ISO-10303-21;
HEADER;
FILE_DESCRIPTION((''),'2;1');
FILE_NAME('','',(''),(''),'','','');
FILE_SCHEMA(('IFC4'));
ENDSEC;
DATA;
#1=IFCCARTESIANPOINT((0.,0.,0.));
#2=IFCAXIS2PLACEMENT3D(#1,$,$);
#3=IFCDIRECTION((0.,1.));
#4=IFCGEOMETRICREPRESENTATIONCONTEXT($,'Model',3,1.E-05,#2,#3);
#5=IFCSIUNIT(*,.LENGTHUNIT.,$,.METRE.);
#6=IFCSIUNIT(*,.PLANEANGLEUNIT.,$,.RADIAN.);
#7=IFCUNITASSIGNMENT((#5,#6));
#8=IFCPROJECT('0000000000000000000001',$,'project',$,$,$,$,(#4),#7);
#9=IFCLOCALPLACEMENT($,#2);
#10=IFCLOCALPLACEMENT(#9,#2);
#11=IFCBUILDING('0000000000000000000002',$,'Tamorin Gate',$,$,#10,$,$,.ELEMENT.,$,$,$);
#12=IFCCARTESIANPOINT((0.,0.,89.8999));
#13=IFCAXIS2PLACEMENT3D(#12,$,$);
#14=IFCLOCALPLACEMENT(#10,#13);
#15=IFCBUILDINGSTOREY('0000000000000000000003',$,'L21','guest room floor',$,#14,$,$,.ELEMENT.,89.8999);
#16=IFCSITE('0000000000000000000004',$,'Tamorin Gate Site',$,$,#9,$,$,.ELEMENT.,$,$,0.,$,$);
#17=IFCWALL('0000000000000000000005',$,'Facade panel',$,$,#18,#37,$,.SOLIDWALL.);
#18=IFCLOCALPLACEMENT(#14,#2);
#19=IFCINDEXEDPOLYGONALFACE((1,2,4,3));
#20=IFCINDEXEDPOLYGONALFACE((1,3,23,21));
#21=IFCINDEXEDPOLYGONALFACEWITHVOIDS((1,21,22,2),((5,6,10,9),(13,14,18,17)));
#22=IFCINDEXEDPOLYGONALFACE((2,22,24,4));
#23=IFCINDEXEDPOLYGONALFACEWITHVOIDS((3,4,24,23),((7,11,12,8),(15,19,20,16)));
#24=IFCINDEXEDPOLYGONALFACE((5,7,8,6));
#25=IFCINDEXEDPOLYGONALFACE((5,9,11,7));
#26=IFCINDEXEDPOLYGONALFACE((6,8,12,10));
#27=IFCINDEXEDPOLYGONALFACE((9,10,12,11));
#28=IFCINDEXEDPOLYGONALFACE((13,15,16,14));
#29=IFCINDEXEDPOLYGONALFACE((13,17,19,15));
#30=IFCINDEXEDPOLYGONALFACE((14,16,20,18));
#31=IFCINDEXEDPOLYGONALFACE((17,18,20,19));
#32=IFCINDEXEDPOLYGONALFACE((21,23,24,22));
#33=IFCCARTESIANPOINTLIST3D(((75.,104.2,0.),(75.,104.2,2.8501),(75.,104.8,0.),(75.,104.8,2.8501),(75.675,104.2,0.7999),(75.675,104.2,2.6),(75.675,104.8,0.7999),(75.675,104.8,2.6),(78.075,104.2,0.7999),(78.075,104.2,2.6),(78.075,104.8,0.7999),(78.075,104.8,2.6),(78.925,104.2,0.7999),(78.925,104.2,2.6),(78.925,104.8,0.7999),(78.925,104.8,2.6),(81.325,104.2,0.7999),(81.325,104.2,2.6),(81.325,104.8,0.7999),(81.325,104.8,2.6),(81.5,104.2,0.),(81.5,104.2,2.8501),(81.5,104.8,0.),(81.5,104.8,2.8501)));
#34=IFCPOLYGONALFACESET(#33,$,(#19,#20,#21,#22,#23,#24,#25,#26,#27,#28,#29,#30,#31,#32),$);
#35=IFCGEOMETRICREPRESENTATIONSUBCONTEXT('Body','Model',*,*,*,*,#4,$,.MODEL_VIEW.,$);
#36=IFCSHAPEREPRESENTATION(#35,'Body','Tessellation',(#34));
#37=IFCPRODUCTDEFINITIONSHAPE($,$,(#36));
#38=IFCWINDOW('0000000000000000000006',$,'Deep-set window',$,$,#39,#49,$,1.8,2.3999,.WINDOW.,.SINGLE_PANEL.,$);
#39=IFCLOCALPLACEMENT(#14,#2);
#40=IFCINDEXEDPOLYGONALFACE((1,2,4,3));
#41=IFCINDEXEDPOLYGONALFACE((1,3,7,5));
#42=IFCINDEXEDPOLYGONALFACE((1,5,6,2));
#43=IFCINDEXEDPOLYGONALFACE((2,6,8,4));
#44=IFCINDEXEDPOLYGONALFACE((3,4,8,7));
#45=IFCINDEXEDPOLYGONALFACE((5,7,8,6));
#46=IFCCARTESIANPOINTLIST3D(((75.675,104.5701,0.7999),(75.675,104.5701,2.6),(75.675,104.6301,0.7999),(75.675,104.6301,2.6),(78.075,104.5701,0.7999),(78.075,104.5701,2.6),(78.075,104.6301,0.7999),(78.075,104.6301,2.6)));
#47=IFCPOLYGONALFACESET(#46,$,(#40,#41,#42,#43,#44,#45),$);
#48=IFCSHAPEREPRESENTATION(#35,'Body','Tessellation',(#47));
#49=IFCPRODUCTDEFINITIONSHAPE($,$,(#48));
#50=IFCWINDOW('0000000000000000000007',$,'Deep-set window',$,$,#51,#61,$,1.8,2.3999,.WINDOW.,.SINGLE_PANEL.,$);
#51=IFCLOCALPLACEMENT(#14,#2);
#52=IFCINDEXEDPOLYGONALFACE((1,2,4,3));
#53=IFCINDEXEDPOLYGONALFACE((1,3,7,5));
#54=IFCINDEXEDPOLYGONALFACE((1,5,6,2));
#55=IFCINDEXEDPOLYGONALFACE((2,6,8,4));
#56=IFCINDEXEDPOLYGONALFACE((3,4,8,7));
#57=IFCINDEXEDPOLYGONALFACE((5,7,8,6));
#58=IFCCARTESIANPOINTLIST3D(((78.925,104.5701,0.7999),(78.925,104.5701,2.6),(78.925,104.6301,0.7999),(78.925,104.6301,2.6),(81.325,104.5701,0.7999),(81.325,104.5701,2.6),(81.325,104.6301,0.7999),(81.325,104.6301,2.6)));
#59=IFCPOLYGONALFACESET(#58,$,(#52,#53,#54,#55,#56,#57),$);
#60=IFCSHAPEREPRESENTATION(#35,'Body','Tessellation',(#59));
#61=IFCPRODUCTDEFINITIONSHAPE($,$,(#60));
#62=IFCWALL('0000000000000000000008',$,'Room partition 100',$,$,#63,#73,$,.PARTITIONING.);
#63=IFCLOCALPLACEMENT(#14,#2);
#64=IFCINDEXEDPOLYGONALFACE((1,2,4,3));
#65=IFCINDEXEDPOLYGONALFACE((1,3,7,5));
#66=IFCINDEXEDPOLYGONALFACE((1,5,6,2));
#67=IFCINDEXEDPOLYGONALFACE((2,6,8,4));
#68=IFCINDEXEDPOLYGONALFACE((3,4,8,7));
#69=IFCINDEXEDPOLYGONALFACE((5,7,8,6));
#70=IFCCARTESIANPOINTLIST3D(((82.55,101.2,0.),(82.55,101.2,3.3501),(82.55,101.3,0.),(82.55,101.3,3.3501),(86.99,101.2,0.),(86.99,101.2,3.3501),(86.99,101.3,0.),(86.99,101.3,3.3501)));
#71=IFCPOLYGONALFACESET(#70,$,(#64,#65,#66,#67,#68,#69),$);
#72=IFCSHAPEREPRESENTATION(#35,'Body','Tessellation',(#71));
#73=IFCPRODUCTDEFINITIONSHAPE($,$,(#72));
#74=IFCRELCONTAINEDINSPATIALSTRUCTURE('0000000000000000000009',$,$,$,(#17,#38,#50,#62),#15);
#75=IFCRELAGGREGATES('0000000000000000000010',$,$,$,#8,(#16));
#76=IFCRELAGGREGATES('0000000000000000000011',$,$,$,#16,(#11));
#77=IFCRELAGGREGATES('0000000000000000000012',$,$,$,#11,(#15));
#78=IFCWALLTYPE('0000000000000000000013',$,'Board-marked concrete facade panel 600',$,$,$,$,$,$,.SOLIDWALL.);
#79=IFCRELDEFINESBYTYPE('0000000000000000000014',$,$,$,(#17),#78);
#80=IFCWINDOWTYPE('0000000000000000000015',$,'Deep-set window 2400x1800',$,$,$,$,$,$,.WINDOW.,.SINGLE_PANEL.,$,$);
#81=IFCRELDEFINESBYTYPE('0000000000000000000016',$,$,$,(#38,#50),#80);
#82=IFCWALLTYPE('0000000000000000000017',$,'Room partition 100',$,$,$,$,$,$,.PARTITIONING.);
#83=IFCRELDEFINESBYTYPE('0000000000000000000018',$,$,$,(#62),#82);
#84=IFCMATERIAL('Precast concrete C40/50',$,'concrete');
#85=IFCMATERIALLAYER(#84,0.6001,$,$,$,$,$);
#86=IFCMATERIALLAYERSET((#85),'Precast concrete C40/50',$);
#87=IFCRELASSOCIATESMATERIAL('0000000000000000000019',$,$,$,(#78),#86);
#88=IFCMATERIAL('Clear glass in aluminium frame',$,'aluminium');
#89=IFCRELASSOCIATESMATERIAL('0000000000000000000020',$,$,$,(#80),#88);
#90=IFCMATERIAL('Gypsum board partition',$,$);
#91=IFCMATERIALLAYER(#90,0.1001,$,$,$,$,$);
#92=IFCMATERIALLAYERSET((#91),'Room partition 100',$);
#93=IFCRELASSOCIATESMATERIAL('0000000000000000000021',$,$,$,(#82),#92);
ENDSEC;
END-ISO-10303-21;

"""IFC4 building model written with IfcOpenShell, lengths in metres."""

from ifc_helpers import new_model, si_unit, direction, frame, frame_2d, origin, place, context, subcontext, project, spatial, rectangle, extrude, material, layer, layer_set, type_object, element, fill, save


model = new_model("IFC4")

# Units and contexts
model_context = context("Model", 3, precision=1e-05, world=origin(), true_north=direction((0.0, 1.0)))
body_context = subcontext(model_context, "Body", "Model", "MODEL_VIEW")
ifc_project = project(units=[si_unit("LENGTHUNIT", "METRE"), si_unit("PLANEANGLEUNIT", "RADIAN")], contexts=[model_context])

# Site, building, storey
site_placement = place(None, origin())
site = spatial("IfcSite", under=ifc_project, at=site_placement, Name="Tamorin Gate Site", CompositionType="ELEMENT", RefElevation=0.0)
building_placement = place(site_placement, origin())
building = spatial("IfcBuilding", under=site, at=building_placement, Name="Tamorin Gate", CompositionType="ELEMENT")
storey_placement = place(building_placement, frame((0.0, 0.0, 89.8999)))
storey = spatial("IfcBuildingStorey", under=building, at=storey_placement, Name="L21", Description="guest room floor", CompositionType="ELEMENT", Elevation=89.8999)

# Shared definitions
ifc_material_1 = material(Name="Precast concrete C40/50", Category="concrete")
ifc_layer_1 = layer(ifc_material_1, 0.6001)
ifc_layer_set_1 = layer_set([ifc_layer_1], Name="Precast concrete C40/50")
wall_type_1 = type_object("IfcWallType", Name="Board-marked concrete facade panel 600", PredefinedType="SOLIDWALL", material=ifc_layer_set_1)
ifc_material_2 = material(Name="Clear glass in aluminium frame", Category="aluminium")
window_type = type_object("IfcWindowType", Name="Deep-set window 2400x1800", PartitioningType="SINGLE_PANEL", PredefinedType="WINDOW", material=ifc_material_2)

# Wall, openings, windows
wall_1_placement = place(storey_placement, frame((81.5, 104.5, 0.0), z_axis=(0.0, 0.0, 1.0), x_axis=(-1.0, 0.0, 0.0)))
wall_1 = element("IfcWall", 1, at=wall_1_placement, inside=storey, type_object=wall_type_1, Name="Facade panel", PredefinedType="SOLIDWALL", context=body_context, shape_type="SweptSolid", body=[
    extrude(rectangle(XDim=6.5, YDim=0.6001, at=frame_2d((3.25, 0.0))), origin(), (0.0, 0.0, 1.0), 2.8501),
])
opening_1_placement = place(wall_1_placement, frame((3.425, 0.0, 0.8)))
opening_1 = element("IfcOpeningElement", 2, at=opening_1_placement, cuts=wall_1, PredefinedType="OPENING", context=body_context, shape_type="SweptSolid", body=[
    extrude(rectangle(XDim=2.3999, YDim=1.8, at=frame_2d((1.2, 0.8999))), frame((0.0, 0.3101, 0.0), z_axis=(0.0, -1.0, 0.0), x_axis=(1.0, 0.0, 0.0)), (0.0, 0.0, 1.0), 0.6201),
])
opening_2_placement = place(wall_1_placement, frame((0.175, 0.0, 0.8)))
opening_2 = element("IfcOpeningElement", 3, at=opening_2_placement, cuts=wall_1, PredefinedType="OPENING", context=body_context, shape_type="SweptSolid", body=[
    extrude(rectangle(XDim=2.3999, YDim=1.8, at=frame_2d((1.2, 0.8999))), frame((0.0, 0.3101, 0.0), z_axis=(0.0, -1.0, 0.0), x_axis=(1.0, 0.0, 0.0)), (0.0, 0.0, 1.0), 0.6201),
])
window_1_placement = place(opening_1_placement, origin())
window_1 = element("IfcWindow", 4, at=window_1_placement, inside=storey, type_object=window_type, Name="Deep-set window", OverallHeight=1.8, OverallWidth=2.3999, PartitioningType="SINGLE_PANEL", PredefinedType="WINDOW", context=body_context, shape_type="SweptSolid", body=[
    extrude(rectangle(XDim=2.3999, YDim=1.8, at=frame_2d((1.2, 0.8999))), frame((0.0, -0.0701, 0.0), z_axis=(0.0, -1.0, 0.0), x_axis=(1.0, 0.0, 0.0)), (0.0, 0.0, 1.0), 0.0601),
])
fill(opening_1, window_1)
window_2_placement = place(opening_2_placement, origin())
window_2 = element("IfcWindow", 5, at=window_2_placement, inside=storey, type_object=window_type, Name="Deep-set window", OverallHeight=1.8, OverallWidth=2.3999, PartitioningType="SINGLE_PANEL", PredefinedType="WINDOW", context=body_context, shape_type="SweptSolid", body=[
    extrude(rectangle(XDim=2.3999, YDim=1.8, at=frame_2d((1.2, 0.8999))), frame((0.0, -0.0701, 0.0), z_axis=(0.0, -1.0, 0.0), x_axis=(1.0, 0.0, 0.0)), (0.0, 0.0, 1.0), 0.0601),
])
fill(opening_2, window_2)

# Wall
ifc_material_3 = material(Name="Gypsum board partition")
ifc_layer_2 = layer(ifc_material_3, 0.1001)
ifc_layer_set_2 = layer_set([ifc_layer_2], Name="Room partition 100")
wall_type_2 = type_object("IfcWallType", Name="Room partition 100", PredefinedType="PARTITIONING", material=ifc_layer_set_2)
wall_2_placement = place(storey_placement, frame((82.55, 101.25, 0.0), z_axis=(0.0, 0.0, 1.0), x_axis=(1.0, 0.0, 0.0)))
element("IfcWall", 6, at=wall_2_placement, inside=storey, type_object=wall_type_2, Name="Room partition 100", PredefinedType="PARTITIONING", context=body_context, shape_type="SweptSolid", body=[
    extrude(rectangle(XDim=4.4399, YDim=0.1001, at=frame_2d((2.22, 0.0))), origin(), (0.0, 0.0, 1.0), 3.3501),
])

save(model, "model.ifc")
